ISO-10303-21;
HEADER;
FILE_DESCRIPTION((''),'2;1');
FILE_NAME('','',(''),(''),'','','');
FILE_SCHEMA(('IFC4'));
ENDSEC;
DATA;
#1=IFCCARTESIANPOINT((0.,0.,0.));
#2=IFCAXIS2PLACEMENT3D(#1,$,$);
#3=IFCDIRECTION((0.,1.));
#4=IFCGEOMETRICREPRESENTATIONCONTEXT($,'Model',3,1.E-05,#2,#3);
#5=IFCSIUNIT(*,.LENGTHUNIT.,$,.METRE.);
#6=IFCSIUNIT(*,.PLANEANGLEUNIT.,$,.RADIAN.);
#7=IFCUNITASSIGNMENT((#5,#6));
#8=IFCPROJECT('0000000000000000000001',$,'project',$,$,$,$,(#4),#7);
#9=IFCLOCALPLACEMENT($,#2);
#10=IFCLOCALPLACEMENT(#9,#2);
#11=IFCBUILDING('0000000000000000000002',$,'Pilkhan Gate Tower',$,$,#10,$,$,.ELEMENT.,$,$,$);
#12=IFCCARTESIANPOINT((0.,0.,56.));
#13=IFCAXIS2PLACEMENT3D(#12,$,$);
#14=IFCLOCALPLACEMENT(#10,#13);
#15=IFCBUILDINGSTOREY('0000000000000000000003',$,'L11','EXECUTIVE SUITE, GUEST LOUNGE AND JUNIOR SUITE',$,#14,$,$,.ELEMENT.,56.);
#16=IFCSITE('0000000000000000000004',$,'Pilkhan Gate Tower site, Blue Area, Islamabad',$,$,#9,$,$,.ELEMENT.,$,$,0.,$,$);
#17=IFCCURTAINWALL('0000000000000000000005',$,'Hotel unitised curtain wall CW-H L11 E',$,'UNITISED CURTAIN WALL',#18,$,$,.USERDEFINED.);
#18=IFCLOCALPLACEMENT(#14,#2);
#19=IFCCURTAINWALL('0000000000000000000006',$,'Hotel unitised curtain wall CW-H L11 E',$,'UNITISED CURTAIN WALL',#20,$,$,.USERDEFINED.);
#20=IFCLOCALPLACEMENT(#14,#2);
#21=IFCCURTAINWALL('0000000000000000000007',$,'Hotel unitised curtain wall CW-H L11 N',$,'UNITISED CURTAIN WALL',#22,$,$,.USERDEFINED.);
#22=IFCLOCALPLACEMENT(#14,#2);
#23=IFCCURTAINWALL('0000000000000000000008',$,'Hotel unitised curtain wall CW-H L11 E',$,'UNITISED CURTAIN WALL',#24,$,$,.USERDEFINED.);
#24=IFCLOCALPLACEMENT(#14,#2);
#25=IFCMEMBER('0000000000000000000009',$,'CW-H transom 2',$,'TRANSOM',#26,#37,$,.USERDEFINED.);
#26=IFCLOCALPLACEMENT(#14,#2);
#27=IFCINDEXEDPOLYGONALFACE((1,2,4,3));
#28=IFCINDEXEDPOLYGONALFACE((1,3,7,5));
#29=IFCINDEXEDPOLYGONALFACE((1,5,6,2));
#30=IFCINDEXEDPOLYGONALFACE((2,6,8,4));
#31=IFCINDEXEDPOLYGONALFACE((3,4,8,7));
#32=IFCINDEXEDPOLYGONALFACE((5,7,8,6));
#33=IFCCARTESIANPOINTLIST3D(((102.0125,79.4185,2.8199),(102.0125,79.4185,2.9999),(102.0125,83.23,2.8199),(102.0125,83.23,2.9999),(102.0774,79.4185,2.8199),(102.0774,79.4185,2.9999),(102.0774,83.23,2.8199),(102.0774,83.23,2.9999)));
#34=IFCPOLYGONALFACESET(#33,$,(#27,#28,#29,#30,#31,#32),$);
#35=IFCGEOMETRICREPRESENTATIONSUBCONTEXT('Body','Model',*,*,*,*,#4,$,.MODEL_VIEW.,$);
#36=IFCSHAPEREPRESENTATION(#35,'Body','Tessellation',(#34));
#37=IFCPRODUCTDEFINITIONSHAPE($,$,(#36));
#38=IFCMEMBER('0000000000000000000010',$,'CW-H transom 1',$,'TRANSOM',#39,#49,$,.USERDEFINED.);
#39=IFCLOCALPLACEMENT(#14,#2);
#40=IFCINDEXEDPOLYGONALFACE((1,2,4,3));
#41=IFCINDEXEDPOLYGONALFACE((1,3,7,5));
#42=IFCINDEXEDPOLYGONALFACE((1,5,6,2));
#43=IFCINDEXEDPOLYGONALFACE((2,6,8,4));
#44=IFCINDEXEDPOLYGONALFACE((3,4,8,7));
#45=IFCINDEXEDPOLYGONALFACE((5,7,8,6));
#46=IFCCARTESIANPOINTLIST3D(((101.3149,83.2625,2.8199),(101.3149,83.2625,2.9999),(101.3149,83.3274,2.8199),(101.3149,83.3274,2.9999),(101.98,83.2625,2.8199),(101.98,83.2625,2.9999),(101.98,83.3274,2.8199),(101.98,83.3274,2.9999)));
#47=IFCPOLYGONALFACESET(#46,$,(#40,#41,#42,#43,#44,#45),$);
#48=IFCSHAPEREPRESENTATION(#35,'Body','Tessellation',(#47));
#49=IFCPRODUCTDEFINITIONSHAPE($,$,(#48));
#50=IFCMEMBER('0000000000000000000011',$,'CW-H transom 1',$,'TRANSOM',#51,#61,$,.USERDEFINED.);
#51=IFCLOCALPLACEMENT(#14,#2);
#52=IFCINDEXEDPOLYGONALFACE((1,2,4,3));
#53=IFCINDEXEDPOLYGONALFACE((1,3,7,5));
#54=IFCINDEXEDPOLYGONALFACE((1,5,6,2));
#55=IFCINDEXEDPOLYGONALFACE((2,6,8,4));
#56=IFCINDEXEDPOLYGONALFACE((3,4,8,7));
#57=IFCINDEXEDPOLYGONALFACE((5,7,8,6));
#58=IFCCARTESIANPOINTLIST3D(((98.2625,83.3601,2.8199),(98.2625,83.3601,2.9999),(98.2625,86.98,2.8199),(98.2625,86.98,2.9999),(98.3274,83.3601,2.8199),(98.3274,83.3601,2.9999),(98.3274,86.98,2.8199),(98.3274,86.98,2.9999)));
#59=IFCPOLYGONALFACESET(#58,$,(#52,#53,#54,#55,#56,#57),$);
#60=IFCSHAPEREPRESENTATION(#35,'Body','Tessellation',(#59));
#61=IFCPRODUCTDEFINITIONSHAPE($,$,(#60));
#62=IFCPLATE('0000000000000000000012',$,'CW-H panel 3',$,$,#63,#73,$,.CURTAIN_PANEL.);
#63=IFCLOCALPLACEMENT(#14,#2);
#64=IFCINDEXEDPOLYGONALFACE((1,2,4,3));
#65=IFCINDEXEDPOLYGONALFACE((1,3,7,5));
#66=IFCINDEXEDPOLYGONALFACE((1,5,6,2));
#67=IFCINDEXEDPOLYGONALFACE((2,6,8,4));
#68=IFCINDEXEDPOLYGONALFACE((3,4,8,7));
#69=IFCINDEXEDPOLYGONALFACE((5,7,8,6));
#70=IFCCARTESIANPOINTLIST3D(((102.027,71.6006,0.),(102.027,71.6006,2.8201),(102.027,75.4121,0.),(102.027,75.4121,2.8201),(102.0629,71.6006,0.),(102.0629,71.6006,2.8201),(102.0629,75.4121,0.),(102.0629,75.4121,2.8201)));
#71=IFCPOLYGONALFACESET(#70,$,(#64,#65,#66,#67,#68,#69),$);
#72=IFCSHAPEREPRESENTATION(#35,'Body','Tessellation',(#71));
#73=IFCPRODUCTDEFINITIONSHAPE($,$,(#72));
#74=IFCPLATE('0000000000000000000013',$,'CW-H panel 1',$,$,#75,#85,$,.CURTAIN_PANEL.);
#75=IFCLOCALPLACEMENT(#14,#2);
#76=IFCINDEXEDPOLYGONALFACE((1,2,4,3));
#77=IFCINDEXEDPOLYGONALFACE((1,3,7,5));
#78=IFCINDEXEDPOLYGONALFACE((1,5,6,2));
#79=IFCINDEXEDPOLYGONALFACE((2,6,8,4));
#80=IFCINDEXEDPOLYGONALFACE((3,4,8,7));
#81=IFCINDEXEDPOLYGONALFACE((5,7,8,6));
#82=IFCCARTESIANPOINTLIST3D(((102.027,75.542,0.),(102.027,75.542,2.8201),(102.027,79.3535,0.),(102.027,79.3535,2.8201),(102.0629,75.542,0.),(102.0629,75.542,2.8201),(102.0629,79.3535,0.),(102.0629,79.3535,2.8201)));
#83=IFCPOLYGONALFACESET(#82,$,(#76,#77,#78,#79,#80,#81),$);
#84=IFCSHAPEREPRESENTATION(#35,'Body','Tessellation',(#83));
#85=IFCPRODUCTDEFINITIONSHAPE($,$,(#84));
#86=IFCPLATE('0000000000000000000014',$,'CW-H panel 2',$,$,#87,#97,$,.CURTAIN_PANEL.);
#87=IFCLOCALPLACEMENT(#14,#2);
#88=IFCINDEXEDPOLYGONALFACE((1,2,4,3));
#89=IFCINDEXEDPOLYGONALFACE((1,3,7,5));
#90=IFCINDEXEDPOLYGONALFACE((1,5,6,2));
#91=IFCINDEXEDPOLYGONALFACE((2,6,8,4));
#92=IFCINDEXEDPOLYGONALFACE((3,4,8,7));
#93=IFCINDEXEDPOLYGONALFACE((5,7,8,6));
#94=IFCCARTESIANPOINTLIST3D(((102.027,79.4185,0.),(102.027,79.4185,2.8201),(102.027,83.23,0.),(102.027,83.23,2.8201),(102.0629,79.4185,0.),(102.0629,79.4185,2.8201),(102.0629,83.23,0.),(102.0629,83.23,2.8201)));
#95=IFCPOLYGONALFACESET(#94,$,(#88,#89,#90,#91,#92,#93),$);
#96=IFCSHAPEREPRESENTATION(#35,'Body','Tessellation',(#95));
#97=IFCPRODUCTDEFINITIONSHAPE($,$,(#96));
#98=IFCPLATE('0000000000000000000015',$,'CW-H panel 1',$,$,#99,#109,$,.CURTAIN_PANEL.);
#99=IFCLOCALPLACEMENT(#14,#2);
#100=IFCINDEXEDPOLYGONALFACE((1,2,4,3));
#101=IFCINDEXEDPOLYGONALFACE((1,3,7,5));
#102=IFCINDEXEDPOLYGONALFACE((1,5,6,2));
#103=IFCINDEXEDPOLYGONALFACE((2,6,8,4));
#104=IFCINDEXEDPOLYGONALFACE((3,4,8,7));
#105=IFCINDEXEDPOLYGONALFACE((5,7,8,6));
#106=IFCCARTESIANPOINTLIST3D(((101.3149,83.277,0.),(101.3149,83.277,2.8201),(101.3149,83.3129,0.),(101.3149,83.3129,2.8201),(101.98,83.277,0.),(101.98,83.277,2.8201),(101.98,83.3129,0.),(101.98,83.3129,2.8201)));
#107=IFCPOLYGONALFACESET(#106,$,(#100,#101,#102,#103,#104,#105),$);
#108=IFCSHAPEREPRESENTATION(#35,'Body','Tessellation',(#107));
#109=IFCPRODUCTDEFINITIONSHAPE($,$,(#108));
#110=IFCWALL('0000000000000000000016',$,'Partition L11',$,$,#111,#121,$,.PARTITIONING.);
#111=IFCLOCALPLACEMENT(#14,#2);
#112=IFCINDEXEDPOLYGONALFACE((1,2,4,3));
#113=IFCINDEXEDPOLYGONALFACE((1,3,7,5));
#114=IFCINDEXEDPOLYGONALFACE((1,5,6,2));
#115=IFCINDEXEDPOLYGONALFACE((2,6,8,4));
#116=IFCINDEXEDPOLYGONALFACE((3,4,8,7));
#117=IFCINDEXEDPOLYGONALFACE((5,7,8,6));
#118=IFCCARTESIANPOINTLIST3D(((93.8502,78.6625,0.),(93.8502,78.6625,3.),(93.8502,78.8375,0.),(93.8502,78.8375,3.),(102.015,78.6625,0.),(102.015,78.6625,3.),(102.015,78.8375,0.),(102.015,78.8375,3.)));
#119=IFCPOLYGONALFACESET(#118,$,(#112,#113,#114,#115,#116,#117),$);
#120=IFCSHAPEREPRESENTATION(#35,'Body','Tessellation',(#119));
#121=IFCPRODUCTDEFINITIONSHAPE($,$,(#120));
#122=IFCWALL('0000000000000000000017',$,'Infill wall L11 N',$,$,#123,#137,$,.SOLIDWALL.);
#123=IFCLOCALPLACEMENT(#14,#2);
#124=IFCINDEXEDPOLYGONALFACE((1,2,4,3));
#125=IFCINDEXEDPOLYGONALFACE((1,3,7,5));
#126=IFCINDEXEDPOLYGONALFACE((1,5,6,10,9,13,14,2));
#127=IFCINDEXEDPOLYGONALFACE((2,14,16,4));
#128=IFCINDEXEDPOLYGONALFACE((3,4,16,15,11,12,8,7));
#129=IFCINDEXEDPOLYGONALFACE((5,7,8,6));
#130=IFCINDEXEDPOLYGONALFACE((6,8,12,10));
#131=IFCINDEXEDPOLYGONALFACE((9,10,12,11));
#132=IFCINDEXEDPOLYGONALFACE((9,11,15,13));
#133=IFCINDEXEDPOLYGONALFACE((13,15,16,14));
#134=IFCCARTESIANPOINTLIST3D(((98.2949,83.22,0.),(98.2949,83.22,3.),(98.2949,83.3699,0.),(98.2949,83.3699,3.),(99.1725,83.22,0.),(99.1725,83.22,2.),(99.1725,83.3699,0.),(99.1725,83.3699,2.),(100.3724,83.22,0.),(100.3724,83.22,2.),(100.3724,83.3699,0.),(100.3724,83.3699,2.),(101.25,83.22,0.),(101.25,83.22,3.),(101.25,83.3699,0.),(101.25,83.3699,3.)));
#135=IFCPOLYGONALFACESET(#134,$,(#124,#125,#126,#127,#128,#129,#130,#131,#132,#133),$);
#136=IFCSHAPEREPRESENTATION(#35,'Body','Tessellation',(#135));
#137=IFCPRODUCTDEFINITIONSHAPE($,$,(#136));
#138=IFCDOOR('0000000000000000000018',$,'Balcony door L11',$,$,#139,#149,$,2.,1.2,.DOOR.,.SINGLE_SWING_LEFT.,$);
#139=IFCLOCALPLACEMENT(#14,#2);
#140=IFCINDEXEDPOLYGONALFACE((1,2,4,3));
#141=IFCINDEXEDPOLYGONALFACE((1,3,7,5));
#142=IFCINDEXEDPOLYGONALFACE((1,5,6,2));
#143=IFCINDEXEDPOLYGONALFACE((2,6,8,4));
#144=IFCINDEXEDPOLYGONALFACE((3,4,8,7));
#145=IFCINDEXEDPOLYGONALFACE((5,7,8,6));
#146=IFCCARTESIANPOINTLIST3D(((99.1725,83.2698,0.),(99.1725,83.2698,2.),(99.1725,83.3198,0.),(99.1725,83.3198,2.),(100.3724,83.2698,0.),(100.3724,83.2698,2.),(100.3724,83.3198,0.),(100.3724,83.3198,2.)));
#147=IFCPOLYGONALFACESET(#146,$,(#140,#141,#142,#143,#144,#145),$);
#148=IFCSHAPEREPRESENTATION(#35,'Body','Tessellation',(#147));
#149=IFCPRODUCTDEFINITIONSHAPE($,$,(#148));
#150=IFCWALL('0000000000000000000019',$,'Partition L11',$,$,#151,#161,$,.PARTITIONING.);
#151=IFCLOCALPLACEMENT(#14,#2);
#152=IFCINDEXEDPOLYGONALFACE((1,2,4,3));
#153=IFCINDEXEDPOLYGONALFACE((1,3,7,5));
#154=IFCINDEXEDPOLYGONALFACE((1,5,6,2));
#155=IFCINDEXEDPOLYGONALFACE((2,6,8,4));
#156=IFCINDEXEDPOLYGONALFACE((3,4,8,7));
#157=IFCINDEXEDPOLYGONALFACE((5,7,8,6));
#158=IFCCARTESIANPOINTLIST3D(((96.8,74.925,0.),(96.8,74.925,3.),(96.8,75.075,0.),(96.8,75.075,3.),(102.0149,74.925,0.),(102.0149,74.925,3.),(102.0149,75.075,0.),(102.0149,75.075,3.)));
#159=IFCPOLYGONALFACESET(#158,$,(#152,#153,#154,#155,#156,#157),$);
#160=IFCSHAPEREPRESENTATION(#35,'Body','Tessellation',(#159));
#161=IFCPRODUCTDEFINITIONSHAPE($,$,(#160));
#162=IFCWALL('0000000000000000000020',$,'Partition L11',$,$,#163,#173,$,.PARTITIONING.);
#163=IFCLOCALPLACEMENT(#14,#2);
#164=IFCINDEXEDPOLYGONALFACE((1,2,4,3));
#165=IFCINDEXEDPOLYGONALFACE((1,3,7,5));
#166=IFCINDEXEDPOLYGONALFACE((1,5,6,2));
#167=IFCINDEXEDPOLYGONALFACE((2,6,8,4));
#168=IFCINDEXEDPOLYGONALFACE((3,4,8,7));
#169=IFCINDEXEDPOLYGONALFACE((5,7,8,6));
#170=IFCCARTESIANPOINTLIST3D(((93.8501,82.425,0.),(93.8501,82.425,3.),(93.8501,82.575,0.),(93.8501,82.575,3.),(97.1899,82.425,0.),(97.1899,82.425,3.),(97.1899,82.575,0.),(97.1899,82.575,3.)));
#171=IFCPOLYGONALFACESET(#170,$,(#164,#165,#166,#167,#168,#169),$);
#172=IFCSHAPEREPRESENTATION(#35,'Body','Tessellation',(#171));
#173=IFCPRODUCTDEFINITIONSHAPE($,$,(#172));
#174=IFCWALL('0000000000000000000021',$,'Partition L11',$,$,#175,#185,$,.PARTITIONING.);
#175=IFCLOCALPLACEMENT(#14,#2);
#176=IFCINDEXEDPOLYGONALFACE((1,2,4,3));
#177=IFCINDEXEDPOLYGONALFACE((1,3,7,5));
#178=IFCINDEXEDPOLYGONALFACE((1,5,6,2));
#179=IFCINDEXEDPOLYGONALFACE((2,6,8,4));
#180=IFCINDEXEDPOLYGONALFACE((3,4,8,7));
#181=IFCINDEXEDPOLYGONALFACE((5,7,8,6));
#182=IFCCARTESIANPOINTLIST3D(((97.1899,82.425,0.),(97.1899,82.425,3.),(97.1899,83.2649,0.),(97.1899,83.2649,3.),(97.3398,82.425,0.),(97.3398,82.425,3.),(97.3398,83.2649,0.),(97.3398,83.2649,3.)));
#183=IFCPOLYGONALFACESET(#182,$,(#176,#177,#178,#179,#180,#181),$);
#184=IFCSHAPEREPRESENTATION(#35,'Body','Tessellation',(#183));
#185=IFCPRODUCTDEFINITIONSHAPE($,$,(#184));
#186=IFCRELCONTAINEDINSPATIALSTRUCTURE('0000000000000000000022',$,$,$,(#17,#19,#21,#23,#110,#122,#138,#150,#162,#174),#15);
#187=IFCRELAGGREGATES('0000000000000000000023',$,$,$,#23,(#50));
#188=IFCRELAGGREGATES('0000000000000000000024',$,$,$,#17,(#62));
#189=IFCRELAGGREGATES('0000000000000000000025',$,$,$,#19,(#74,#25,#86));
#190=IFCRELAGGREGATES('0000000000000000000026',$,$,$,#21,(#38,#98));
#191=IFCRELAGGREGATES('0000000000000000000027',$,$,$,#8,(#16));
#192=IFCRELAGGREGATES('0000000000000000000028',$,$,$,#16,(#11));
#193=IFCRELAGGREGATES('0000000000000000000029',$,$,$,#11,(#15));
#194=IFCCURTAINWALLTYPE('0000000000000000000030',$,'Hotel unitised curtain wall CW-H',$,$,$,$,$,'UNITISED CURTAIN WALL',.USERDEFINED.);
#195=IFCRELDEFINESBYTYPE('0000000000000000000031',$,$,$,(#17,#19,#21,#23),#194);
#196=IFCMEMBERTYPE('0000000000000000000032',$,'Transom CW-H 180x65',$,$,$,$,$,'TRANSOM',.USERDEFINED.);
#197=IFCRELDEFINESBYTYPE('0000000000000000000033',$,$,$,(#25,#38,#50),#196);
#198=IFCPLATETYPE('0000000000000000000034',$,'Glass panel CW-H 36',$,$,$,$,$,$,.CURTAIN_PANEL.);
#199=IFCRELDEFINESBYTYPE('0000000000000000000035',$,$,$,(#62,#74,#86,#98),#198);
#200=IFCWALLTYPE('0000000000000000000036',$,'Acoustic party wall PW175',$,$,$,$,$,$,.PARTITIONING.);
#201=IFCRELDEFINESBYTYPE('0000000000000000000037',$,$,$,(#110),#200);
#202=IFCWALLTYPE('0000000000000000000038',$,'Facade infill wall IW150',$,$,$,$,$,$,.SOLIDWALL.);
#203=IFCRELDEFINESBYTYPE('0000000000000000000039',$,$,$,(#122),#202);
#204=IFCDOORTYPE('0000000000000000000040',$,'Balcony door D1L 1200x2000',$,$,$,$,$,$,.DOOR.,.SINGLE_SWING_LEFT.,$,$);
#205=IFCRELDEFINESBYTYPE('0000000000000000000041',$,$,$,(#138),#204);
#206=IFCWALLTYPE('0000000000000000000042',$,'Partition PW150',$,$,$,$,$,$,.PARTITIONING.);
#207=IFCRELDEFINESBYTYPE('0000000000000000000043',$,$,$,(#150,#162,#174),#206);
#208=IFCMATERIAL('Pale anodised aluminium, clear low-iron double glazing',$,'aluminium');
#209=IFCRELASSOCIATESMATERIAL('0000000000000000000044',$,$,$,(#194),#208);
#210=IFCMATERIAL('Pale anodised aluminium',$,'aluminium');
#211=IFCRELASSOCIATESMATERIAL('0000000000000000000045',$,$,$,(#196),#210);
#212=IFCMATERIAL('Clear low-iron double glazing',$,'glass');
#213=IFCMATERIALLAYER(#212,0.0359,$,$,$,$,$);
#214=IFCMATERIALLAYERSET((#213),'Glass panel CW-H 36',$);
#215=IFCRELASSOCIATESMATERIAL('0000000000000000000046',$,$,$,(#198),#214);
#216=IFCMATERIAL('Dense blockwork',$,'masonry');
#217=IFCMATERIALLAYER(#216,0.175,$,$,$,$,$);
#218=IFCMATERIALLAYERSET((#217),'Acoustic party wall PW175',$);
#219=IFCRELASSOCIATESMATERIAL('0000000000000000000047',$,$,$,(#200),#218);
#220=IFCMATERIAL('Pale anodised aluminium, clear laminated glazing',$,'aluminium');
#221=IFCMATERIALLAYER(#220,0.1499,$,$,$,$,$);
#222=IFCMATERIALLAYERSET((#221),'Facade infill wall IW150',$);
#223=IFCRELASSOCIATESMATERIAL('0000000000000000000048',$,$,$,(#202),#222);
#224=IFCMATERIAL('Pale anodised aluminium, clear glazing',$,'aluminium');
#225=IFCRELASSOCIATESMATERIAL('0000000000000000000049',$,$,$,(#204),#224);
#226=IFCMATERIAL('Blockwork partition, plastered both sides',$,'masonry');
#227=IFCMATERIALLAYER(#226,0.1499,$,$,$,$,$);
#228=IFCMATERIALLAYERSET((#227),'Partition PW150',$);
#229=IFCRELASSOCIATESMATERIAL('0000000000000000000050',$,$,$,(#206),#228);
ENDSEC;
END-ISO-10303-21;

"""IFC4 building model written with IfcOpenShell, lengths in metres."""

from ifc_helpers import new_model, si_unit, direction, frame, frame_2d, origin, origin_2d, place, context, subcontext, project, spatial, rectangle, extrude, material, layer, layer_set, material_profile, profile_set, type_object, element, fill, aggregate, save


model = new_model("IFC4")

# Units and contexts
model_context = context("Model", 3, precision=1e-05, world=origin(), true_north=direction((0.0, 1.0)))
body_context = subcontext(model_context, "Body", "Model", "MODEL_VIEW")
ifc_project = project(units=[si_unit("LENGTHUNIT", "METRE"), si_unit("PLANEANGLEUNIT", "RADIAN")], contexts=[model_context])

# Site, building, storey
site_placement = place(None, origin())
site = spatial("IfcSite", under=ifc_project, at=site_placement, Name="Pilkhan Gate Tower site, Blue Area, Islamabad", CompositionType="ELEMENT", RefElevation=0.0)
building_placement = place(site_placement, origin())
building = spatial("IfcBuilding", under=site, at=building_placement, Name="Pilkhan Gate Tower", CompositionType="ELEMENT")
storey_placement = place(building_placement, frame((0.0, 0.0, 56.0)))
storey = spatial("IfcBuildingStorey", under=building, at=storey_placement, Name="L11", Description="EXECUTIVE SUITE, GUEST LOUNGE AND JUNIOR SUITE", CompositionType="ELEMENT", Elevation=56.0)

# Curtain wall
ifc_material_1 = material(Name="Pale anodised aluminium, clear low-iron double glazing", Category="aluminium")
curtain_wall_type = type_object("IfcCurtainWallType", Name="Hotel unitised curtain wall CW-H", ElementType="UNITISED CURTAIN WALL", PredefinedType="USERDEFINED", material=ifc_material_1)
curtain_wall_1_placement = place(storey_placement, origin())
curtain_wall_1 = element("IfcCurtainWall", 1, at=curtain_wall_1_placement, inside=storey, type_object=curtain_wall_type, Name="Hotel unitised curtain wall CW-H L11 E", ObjectType="UNITISED CURTAIN WALL", PredefinedType="USERDEFINED")
ifc_material_2 = material(Name="Pale anodised aluminium", Category="aluminium")

# Curtain walls
curtain_wall_2_placement = place(storey_placement, origin())
curtain_wall_2 = element("IfcCurtainWall", 2, at=curtain_wall_2_placement, inside=storey, type_object=curtain_wall_type, Name="Hotel unitised curtain wall CW-H L11 E", ObjectType="UNITISED CURTAIN WALL", PredefinedType="USERDEFINED")
curtain_wall_3_placement = place(storey_placement, origin())
curtain_wall_3 = element("IfcCurtainWall", 3, at=curtain_wall_3_placement, inside=storey, type_object=curtain_wall_type, Name="Hotel unitised curtain wall CW-H L11 N", ObjectType="UNITISED CURTAIN WALL", PredefinedType="USERDEFINED")

# Curtain wall
curtain_wall_4_placement = place(storey_placement, origin())
curtain_wall_4 = element("IfcCurtainWall", 4, at=curtain_wall_4_placement, inside=storey, type_object=curtain_wall_type, Name="Hotel unitised curtain wall CW-H L11 E", ObjectType="UNITISED CURTAIN WALL", PredefinedType="USERDEFINED")

# Members
ifc_material_profile_1 = material_profile(ifc_material_2, rectangle(XDim=0.0649, YDim=0.1799, at=origin_2d()), Name="Transom 180x65")
ifc_profile_set_1 = profile_set([ifc_material_profile_1], Name="Pale anodised aluminium")
member_type_1 = type_object("IfcMemberType", Name="Transom CW-H 180x65", ElementType="TRANSOM", PredefinedType="USERDEFINED", material=ifc_profile_set_1)
member_1_placement = place(storey_placement, frame((102.0449, 79.4185, 2.9099), z_axis=(0.0, 1.0, 0.0), x_axis=(-1.0, 0.0, 0.0)))
member_1 = element("IfcMember", 5, at=member_1_placement, type_object=member_type_1, Name="CW-H transom 2", ObjectType="TRANSOM", PredefinedType="USERDEFINED", context=body_context, shape_type="SweptSolid", body=[
    extrude(rectangle(XDim=0.0649, YDim=0.1799, at=origin_2d()), origin(), (0.0, 0.0, 1.0), 3.8115),
])
member_2_placement = place(storey_placement, frame((101.3149, 83.2949, 2.9099), z_axis=(1.0, 0.0, 0.0), x_axis=(0.0, 1.0, 0.0)))
member_2 = element("IfcMember", 6, at=member_2_placement, type_object=member_type_1, Name="CW-H transom 1", ObjectType="TRANSOM", PredefinedType="USERDEFINED", context=body_context, shape_type="SweptSolid", body=[
    extrude(rectangle(XDim=0.0649, YDim=0.1799, at=origin_2d()), origin(), (0.0, 0.0, 1.0), 0.665),
])
member_3_placement = place(storey_placement, frame((98.2949, 83.3601, 2.9099), z_axis=(0.0, 1.0, 0.0), x_axis=(-1.0, 0.0, 0.0)))
member_3 = element("IfcMember", 7, at=member_3_placement, type_object=member_type_1, Name="CW-H transom 1", ObjectType="TRANSOM", PredefinedType="USERDEFINED", context=body_context, shape_type="SweptSolid", body=[
    extrude(rectangle(XDim=0.0649, YDim=0.1799, at=origin_2d()), origin(), (0.0, 0.0, 1.0), 3.6199),
])
aggregate(curtain_wall_4, [member_3])

# Plates
ifc_material_3 = material(Name="Clear low-iron double glazing", Category="glass")
ifc_layer_1 = layer(ifc_material_3, 0.0359)
ifc_layer_set_1 = layer_set([ifc_layer_1], Name="Glass panel CW-H 36")
plate_type = type_object("IfcPlateType", Name="Glass panel CW-H 36", PredefinedType="CURTAIN_PANEL", material=ifc_layer_set_1)
plate_1_placement = place(storey_placement, frame((102.0449, 73.5063, 0.0), z_axis=(0.0, 0.0, 1.0), x_axis=(0.0, 1.0, 0.0)))
plate_1 = element("IfcPlate", 8, at=plate_1_placement, type_object=plate_type, Name="CW-H panel 3", PredefinedType="CURTAIN_PANEL", context=body_context, shape_type="SweptSolid", body=[
    extrude(rectangle(XDim=3.8115, YDim=0.0359, at=origin_2d()), origin(), (0.0, 0.0, 1.0), 2.8201),
])
aggregate(curtain_wall_1, [plate_1])
plate_2_placement = place(storey_placement, frame((102.0449, 77.4478, 0.0), z_axis=(0.0, 0.0, 1.0), x_axis=(0.0, 1.0, 0.0)))
plate_2 = element("IfcPlate", 9, at=plate_2_placement, type_object=plate_type, Name="CW-H panel 1", PredefinedType="CURTAIN_PANEL", context=body_context, shape_type="SweptSolid", body=[
    extrude(rectangle(XDim=3.8115, YDim=0.0359, at=origin_2d()), origin(), (0.0, 0.0, 1.0), 2.8201),
])
plate_3_placement = place(storey_placement, frame((102.0449, 81.3242, 0.0), z_axis=(0.0, 0.0, 1.0), x_axis=(0.0, 1.0, 0.0)))
plate_3 = element("IfcPlate", 10, at=plate_3_placement, type_object=plate_type, Name="CW-H panel 2", PredefinedType="CURTAIN_PANEL", context=body_context, shape_type="SweptSolid", body=[
    extrude(rectangle(XDim=3.8115, YDim=0.0359, at=origin_2d()), origin(), (0.0, 0.0, 1.0), 2.8201),
])
aggregate(curtain_wall_2, [plate_2, member_1, plate_3])
plate_4_placement = place(storey_placement, frame((101.6475, 83.2949, 0.0), z_axis=(0.0, 0.0, 1.0), x_axis=(1.0, 0.0, 0.0)))
plate_4 = element("IfcPlate", 11, at=plate_4_placement, type_object=plate_type, Name="CW-H panel 1", PredefinedType="CURTAIN_PANEL", context=body_context, shape_type="SweptSolid", body=[
    extrude(rectangle(XDim=0.665, YDim=0.0359, at=origin_2d()), origin(), (0.0, 0.0, 1.0), 2.8201),
])
aggregate(curtain_wall_3, [member_2, plate_4])

# Wall
ifc_material_4 = material(Name="Dense blockwork", Category="masonry")
ifc_layer_2 = layer(ifc_material_4, 0.175)
ifc_layer_set_2 = layer_set([ifc_layer_2], Name="Acoustic party wall PW175")
wall_type_1 = type_object("IfcWallType", Name="Acoustic party wall PW175", PredefinedType="PARTITIONING", material=ifc_layer_set_2)
wall_1_placement = place(storey_placement, frame((93.8501, 78.75, 0.0), z_axis=(0.0, 0.0, 1.0), x_axis=(1.0, 0.0, 0.0)))
element("IfcWall", 12, at=wall_1_placement, inside=storey, type_object=wall_type_1, Name="Partition L11", PredefinedType="PARTITIONING", context=body_context, shape_type="SweptSolid", body=[
    extrude(rectangle(XDim=8.1648, YDim=0.175, at=frame_2d((4.0825, 0.0))), origin(), (0.0, 0.0, 1.0), 3.0),
])

# Wall, opening, door
ifc_material_5 = material(Name="Pale anodised aluminium, clear laminated glazing", Category="aluminium")
ifc_layer_3 = layer(ifc_material_5, 0.1499)
ifc_layer_set_3 = layer_set([ifc_layer_3], Name="Facade infill wall IW150")
wall_type_2 = type_object("IfcWallType", Name="Facade infill wall IW150", PredefinedType="SOLIDWALL", material=ifc_layer_set_3)
wall_2_placement = place(storey_placement, frame((98.2949, 83.2949, 0.0), z_axis=(0.0, 0.0, 1.0), x_axis=(1.0, 0.0, 0.0)))
wall_2 = element("IfcWall", 13, at=wall_2_placement, inside=storey, type_object=wall_type_2, Name="Infill wall L11 N", PredefinedType="SOLIDWALL", context=body_context, shape_type="SweptSolid", body=[
    extrude(rectangle(XDim=2.9551, YDim=0.1499, at=frame_2d((1.4775, 0.0))), origin(), (0.0, 0.0, 1.0), 3.0),
])
opening_1_placement = place(wall_2_placement, frame((0.8774, 0.0, 0.0)))
opening_1 = element("IfcOpeningElement", 14, at=opening_1_placement, cuts=wall_2, PredefinedType="OPENING", context=body_context, shape_type="SweptSolid", body=[
    extrude(rectangle(XDim=1.2, YDim=2.0, at=frame_2d((0.6001, 1.0))), frame((0.0, 0.085, 0.0), z_axis=(0.0, -1.0, 0.0), x_axis=(1.0, 0.0, 0.0)), (0.0, 0.0, 1.0), 0.1699),
])
ifc_material_6 = material(Name="Pale anodised aluminium, clear glazing", Category="aluminium")
door_type_1 = type_object("IfcDoorType", Name="Balcony door D1L 1200x2000", OperationType="SINGLE_SWING_LEFT", PredefinedType="DOOR", material=ifc_material_6)
door_1_placement = place(opening_1_placement, origin())
door_1 = element("IfcDoor", 15, at=door_1_placement, inside=storey, type_object=door_type_1, Name="Balcony door L11", OperationType="SINGLE_SWING_LEFT", OverallHeight=2.0, OverallWidth=1.2, PredefinedType="DOOR", context=body_context, shape_type="SweptSolid", body=[
    extrude(rectangle(XDim=1.2, YDim=2.0, at=frame_2d((0.6001, 1.0))), frame((0.0, 0.0249, 0.0), z_axis=(0.0, -1.0, 0.0), x_axis=(1.0, 0.0, 0.0)), (0.0, 0.0, 1.0), 0.05),
])
fill(opening_1, door_1)

# Walls
ifc_material_7 = material(Name="Blockwork partition, plastered both sides", Category="masonry")
ifc_layer_4 = layer(ifc_material_7, 0.1499)
ifc_layer_set_4 = layer_set([ifc_layer_4], Name="Partition PW150")
wall_type_3 = type_object("IfcWallType", Name="Partition PW150", PredefinedType="PARTITIONING", material=ifc_layer_set_4)
wall_3_placement = place(storey_placement, frame((96.8, 75.0, 0.0), z_axis=(0.0, 0.0, 1.0), x_axis=(1.0, 0.0, 0.0)))
element("IfcWall", 16, at=wall_3_placement, inside=storey, type_object=wall_type_3, Name="Partition L11", PredefinedType="PARTITIONING", context=body_context, shape_type="SweptSolid", body=[
    extrude(rectangle(XDim=5.2148, YDim=0.1499, at=frame_2d((2.6074, 0.0))), origin(), (0.0, 0.0, 1.0), 3.0),
])
wall_4_placement = place(storey_placement, frame((93.8501, 82.5, 0.0), z_axis=(0.0, 0.0, 1.0), x_axis=(1.0, 0.0, 0.0)))
element("IfcWall", 17, at=wall_4_placement, inside=storey, type_object=wall_type_3, Name="Partition L11", PredefinedType="PARTITIONING", context=body_context, shape_type="SweptSolid", body=[
    extrude(rectangle(XDim=3.3398, YDim=0.1499, at=frame_2d((1.6699, 0.0))), origin(), (0.0, 0.0, 1.0), 3.0),
])
wall_5_placement = place(storey_placement, frame((97.2649, 82.425, 0.0), z_axis=(0.0, 0.0, 1.0), x_axis=(0.0, 1.0, 0.0)))
element("IfcWall", 18, at=wall_5_placement, inside=storey, type_object=wall_type_3, Name="Partition L11", PredefinedType="PARTITIONING", context=body_context, shape_type="SweptSolid", body=[
    extrude(rectangle(XDim=0.8398, YDim=0.1499, at=frame_2d((0.4199, 0.0))), origin(), (0.0, 0.0, 1.0), 3.0),
])

save(model, "model.ifc")
